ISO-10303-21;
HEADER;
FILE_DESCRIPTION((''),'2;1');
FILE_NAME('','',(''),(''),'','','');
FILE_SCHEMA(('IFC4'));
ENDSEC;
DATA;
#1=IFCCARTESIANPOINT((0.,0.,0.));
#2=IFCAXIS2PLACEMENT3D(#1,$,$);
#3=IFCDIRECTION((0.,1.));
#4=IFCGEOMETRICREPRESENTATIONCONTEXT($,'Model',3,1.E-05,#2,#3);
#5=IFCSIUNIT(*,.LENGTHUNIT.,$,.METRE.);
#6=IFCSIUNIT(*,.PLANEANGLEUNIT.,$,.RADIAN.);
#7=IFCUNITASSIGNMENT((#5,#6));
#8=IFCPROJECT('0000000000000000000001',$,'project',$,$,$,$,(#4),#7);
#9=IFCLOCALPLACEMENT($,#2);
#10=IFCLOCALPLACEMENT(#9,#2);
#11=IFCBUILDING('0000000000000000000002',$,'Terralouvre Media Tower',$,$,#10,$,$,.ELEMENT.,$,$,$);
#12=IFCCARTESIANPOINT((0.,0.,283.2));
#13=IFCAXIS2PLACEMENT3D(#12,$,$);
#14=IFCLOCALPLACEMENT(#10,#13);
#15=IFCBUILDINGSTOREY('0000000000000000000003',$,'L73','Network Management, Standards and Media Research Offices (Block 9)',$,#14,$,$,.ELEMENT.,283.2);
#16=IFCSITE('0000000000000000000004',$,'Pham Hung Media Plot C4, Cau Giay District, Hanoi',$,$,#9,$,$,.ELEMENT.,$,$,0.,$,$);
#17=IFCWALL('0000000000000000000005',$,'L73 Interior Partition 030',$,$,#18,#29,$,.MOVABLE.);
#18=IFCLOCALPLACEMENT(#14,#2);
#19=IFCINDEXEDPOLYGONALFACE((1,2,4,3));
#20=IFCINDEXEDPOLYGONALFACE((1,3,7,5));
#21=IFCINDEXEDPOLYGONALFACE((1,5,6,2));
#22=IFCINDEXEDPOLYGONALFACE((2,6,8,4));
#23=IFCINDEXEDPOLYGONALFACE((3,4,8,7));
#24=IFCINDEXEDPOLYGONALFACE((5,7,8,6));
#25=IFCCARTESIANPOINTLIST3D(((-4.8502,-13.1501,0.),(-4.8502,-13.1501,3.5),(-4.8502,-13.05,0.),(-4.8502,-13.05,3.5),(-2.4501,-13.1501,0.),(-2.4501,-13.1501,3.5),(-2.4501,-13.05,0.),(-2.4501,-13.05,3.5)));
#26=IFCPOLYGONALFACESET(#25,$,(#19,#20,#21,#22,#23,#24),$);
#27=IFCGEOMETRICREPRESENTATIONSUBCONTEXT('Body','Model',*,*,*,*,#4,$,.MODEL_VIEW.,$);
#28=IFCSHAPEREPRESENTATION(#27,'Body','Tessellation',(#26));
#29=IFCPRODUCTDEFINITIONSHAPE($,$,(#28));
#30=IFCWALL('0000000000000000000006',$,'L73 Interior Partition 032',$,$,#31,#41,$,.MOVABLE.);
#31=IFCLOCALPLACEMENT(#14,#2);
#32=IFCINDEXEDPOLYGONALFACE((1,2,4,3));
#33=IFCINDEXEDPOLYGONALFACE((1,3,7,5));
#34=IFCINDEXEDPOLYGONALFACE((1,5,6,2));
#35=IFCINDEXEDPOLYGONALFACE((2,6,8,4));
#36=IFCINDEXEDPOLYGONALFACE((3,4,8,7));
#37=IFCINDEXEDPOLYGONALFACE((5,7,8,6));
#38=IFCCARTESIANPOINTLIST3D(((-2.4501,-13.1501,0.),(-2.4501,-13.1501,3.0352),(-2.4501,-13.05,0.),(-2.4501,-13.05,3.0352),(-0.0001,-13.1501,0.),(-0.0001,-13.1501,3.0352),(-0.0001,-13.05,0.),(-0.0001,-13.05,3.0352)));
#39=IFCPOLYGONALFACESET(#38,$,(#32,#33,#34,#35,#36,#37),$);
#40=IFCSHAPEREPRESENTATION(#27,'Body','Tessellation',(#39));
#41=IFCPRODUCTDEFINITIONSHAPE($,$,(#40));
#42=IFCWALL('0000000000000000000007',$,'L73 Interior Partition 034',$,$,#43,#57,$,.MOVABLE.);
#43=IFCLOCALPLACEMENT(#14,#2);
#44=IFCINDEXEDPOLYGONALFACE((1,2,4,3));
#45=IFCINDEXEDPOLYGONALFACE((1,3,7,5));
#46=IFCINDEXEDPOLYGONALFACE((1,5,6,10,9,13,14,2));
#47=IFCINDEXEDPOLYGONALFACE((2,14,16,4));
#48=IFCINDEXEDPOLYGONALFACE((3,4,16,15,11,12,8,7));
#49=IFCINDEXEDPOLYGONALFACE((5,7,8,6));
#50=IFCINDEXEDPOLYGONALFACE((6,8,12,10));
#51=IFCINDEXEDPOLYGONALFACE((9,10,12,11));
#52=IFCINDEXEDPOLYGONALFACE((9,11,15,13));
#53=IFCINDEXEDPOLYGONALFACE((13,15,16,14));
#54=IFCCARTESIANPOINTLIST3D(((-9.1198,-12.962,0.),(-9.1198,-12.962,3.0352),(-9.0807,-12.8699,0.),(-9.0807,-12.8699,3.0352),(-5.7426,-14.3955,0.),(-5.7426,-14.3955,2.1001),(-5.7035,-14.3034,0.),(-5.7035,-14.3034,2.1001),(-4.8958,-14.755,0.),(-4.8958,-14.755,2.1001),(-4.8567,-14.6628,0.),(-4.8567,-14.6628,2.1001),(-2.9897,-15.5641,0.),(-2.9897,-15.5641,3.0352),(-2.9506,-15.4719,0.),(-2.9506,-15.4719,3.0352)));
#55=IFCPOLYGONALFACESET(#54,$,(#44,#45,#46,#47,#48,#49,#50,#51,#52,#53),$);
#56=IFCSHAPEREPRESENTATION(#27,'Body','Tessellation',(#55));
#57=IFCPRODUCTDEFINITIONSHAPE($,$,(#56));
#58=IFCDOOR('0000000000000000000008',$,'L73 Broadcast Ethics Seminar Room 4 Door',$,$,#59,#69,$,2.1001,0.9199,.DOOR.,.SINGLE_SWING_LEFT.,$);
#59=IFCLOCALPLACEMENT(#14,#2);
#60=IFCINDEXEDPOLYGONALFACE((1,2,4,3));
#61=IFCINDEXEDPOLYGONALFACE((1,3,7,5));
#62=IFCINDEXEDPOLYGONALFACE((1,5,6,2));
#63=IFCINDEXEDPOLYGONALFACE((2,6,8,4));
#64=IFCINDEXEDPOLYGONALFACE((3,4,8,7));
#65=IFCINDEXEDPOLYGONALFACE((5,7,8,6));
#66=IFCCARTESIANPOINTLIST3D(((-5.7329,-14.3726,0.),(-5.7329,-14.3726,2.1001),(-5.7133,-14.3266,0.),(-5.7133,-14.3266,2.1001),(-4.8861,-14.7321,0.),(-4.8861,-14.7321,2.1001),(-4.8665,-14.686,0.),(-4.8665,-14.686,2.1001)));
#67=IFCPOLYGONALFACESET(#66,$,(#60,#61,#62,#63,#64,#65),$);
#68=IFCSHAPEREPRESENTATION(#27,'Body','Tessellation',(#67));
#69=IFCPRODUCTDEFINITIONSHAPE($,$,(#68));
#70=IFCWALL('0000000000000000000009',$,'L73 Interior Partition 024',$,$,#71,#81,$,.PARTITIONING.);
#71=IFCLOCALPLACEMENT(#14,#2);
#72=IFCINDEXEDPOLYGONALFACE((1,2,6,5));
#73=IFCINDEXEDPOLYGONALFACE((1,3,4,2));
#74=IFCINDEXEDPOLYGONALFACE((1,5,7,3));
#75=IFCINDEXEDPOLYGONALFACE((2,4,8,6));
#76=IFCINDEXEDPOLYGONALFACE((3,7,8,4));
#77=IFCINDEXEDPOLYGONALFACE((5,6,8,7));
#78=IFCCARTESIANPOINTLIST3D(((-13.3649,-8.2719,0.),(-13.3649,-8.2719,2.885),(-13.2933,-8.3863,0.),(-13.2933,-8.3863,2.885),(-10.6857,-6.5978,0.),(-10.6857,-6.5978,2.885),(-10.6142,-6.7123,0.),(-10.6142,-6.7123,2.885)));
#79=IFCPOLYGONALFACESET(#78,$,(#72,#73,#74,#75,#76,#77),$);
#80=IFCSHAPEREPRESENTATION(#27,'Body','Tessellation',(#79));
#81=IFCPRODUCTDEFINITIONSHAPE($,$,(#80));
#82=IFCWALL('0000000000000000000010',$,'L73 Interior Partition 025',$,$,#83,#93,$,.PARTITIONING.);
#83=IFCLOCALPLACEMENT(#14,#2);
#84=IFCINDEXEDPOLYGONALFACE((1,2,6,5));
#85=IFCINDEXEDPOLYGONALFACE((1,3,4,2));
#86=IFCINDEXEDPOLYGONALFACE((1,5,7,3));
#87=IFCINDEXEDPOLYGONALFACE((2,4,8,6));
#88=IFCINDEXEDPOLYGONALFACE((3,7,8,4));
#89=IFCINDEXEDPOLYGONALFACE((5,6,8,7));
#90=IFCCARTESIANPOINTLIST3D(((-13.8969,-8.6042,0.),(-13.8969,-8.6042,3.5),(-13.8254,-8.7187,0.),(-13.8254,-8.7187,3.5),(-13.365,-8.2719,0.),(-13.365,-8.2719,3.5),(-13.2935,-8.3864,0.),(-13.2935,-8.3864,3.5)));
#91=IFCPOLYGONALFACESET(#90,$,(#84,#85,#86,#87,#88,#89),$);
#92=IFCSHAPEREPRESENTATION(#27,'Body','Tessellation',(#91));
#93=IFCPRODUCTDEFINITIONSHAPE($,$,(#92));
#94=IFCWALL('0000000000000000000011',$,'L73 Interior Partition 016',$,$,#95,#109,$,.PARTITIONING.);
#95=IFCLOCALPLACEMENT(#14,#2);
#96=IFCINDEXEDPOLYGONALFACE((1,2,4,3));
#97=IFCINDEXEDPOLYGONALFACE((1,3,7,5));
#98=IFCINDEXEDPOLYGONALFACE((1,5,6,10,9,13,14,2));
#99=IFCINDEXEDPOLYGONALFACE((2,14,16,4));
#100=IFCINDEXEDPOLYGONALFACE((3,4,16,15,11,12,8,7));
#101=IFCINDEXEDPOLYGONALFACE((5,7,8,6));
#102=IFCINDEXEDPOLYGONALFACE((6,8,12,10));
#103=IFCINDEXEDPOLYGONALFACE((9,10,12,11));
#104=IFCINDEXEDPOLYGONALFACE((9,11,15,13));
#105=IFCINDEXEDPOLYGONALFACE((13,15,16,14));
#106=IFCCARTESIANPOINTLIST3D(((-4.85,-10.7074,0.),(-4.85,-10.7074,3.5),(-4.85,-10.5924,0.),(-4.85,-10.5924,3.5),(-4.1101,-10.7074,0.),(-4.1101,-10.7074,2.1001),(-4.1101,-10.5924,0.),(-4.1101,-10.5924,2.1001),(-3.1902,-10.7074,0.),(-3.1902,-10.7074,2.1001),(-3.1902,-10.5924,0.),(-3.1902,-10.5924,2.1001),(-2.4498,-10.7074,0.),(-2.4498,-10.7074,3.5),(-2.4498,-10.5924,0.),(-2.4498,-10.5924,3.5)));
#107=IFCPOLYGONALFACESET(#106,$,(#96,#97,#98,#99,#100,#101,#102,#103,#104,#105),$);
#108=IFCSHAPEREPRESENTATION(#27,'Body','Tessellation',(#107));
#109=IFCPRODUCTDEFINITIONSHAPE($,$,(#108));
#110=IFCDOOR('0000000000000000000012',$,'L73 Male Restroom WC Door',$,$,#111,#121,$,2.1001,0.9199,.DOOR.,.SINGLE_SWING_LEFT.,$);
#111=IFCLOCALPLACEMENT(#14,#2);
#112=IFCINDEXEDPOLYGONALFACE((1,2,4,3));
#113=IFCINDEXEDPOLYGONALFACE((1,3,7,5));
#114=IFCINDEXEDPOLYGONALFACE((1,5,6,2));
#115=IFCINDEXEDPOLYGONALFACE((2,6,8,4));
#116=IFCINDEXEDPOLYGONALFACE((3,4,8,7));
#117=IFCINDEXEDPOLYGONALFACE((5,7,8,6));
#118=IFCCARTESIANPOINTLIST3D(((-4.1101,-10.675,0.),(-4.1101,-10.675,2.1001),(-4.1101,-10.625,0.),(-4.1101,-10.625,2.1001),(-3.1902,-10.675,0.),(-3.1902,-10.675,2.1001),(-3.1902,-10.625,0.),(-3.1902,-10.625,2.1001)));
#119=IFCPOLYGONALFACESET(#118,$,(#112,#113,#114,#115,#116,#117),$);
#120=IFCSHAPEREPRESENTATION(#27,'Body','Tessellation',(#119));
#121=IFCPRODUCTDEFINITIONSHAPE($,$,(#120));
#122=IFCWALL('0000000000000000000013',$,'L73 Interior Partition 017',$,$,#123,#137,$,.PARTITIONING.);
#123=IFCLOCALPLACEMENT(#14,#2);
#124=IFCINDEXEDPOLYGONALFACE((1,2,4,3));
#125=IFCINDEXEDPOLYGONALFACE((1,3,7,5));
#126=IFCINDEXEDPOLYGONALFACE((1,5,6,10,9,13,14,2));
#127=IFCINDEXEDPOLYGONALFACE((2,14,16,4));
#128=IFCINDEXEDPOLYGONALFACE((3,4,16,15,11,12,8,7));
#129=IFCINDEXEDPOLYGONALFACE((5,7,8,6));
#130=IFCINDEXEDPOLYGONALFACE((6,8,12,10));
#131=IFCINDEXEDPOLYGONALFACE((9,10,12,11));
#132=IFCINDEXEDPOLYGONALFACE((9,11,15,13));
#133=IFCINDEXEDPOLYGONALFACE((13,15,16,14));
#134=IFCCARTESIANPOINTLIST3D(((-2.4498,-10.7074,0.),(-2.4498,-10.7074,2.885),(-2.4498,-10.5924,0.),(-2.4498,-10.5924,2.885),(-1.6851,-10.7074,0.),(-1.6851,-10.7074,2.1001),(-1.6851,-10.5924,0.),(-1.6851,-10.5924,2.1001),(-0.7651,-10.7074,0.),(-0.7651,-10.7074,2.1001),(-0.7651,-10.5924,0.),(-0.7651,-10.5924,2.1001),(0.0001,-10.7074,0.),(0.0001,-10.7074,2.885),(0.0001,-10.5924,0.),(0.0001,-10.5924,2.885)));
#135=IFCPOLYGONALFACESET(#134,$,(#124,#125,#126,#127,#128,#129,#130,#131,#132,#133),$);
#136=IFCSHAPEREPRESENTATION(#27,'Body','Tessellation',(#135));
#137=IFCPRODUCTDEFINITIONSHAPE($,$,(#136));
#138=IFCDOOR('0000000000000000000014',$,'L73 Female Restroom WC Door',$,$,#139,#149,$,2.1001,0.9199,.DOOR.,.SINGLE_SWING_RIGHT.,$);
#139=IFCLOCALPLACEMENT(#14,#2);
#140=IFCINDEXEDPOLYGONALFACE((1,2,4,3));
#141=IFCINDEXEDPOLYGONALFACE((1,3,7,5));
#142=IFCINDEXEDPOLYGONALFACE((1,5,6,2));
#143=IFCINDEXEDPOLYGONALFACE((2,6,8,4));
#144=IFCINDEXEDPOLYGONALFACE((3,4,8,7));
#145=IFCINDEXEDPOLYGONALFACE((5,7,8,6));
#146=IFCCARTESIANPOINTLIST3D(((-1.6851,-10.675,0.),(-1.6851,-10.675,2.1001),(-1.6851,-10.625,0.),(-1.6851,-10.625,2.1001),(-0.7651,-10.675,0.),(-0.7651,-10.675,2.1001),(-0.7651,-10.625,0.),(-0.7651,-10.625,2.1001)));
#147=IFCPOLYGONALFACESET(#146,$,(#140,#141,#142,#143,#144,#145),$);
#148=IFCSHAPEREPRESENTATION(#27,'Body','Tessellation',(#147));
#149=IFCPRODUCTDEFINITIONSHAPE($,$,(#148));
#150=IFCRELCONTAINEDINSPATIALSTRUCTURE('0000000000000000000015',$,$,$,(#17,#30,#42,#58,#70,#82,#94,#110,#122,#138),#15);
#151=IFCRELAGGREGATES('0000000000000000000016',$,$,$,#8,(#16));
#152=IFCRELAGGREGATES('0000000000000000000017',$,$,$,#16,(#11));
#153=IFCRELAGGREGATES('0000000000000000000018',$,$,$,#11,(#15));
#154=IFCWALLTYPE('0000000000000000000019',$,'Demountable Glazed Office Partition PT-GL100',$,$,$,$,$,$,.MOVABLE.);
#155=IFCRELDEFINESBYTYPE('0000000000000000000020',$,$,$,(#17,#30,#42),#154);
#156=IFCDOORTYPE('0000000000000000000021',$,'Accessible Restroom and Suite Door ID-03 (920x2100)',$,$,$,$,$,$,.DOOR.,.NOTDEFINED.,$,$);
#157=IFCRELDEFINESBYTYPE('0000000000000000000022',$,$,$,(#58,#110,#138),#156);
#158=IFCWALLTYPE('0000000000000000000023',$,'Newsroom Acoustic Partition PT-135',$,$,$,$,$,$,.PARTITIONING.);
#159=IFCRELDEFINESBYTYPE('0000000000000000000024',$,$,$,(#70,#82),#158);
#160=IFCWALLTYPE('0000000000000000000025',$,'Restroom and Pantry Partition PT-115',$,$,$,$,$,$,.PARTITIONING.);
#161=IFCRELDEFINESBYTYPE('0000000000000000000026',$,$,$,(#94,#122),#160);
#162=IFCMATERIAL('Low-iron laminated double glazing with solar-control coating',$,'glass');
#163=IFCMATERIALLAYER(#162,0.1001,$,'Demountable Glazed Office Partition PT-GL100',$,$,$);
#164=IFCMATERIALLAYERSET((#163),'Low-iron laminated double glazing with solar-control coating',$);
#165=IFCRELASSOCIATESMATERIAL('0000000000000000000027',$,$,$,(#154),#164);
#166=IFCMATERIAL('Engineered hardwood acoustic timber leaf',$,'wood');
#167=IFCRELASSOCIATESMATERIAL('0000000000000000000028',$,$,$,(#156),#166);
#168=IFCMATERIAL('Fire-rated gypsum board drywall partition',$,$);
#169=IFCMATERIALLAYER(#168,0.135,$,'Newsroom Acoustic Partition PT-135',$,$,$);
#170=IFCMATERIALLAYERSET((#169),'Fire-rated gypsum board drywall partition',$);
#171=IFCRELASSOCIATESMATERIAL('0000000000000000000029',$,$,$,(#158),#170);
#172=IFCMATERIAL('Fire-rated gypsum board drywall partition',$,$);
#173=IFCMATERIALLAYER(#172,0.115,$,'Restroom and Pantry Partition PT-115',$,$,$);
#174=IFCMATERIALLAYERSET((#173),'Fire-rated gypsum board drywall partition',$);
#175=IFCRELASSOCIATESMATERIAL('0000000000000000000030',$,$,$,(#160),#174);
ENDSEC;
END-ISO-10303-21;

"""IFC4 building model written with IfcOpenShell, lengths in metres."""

from ifc_helpers import new_model, si_unit, direction, frame, frame_2d, origin, place, context, subcontext, project, spatial, rectangle, extrude, material, layer, layer_set, type_object, element, fill, save


model = new_model("IFC4")

# Units and contexts
model_context = context("Model", 3, precision=1e-05, world=origin(), true_north=direction((0.0, 1.0)))
body_context = subcontext(model_context, "Body", "Model", "MODEL_VIEW")
ifc_project = project(units=[si_unit("LENGTHUNIT", "METRE"), si_unit("PLANEANGLEUNIT", "RADIAN")], contexts=[model_context])

# Site, building, storey
site_placement = place(None, origin())
site = spatial("IfcSite", under=ifc_project, at=site_placement, Name="Pham Hung Media Plot C4, Cau Giay District, Hanoi", CompositionType="ELEMENT", RefElevation=0.0)
building_placement = place(site_placement, origin())
building = spatial("IfcBuilding", under=site, at=building_placement, Name="Terralouvre Media Tower", CompositionType="ELEMENT")
storey_placement = place(building_placement, frame((0.0, 0.0, 283.2)))
storey = spatial("IfcBuildingStorey", under=building, at=storey_placement, Name="L73", Description="Network Management, Standards and Media Research Offices (Block 9)", CompositionType="ELEMENT", Elevation=283.2)

# Shared definitions
ifc_material_1 = material(Name="Low-iron laminated double glazing with solar-control coating", Category="glass")
ifc_layer_1 = layer(ifc_material_1, 0.1001, Name="Demountable Glazed Office Partition PT-GL100")
ifc_layer_set_1 = layer_set([ifc_layer_1], Name="Low-iron laminated double glazing with solar-control coating")
wall_type_1 = type_object("IfcWallType", Name="Demountable Glazed Office Partition PT-GL100", PredefinedType="MOVABLE", material=ifc_layer_set_1)

# Shared definitions
ifc_material_2 = material(Name="Engineered hardwood acoustic timber leaf", Category="wood")
door_type = type_object("IfcDoorType", Name="Accessible Restroom and Suite Door ID-03 (920x2100)", OperationType="NOTDEFINED", PredefinedType="DOOR", material=ifc_material_2)

# Walls
wall_1_placement = place(storey_placement, frame((-2.45, -13.1001, 0.0), z_axis=(0.0, 0.0, 1.0), x_axis=(-1.0, 0.0, 0.0)))
element("IfcWall", 1, at=wall_1_placement, inside=storey, type_object=wall_type_1, Name="L73 Interior Partition 030", PredefinedType="MOVABLE", context=body_context, shape_type="SweptSolid", body=[
    extrude(rectangle(XDim=2.4001, YDim=0.1001, at=frame_2d((1.2002, 0.0))), origin(), (0.0, 0.0, 1.0), 3.5),
])
wall_2_placement = place(storey_placement, frame((0.0, -13.1001, 0.0), z_axis=(0.0, 0.0, 1.0), x_axis=(-1.0, 0.0, 0.0)))
element("IfcWall", 2, at=wall_2_placement, inside=storey, type_object=wall_type_1, Name="L73 Interior Partition 032", PredefinedType="MOVABLE", context=body_context, shape_type="SweptSolid", body=[
    extrude(rectangle(XDim=2.45, YDim=0.1001, at=frame_2d((1.2251, 0.0))), origin(), (0.0, 0.0, 1.0), 3.0352),
])

# Wall, opening, door
wall_3_placement = place(storey_placement, frame((-9.1001, -12.916, 0.0), z_axis=(0.0, 0.0, 1.0), x_axis=(0.920507, -0.390727, 0.0)))
wall_3 = element("IfcWall", 3, at=wall_3_placement, inside=storey, type_object=wall_type_1, Name="L73 Interior Partition 034", PredefinedType="MOVABLE", context=body_context, shape_type="SweptSolid", body=[
    extrude(rectangle(XDim=6.6594, YDim=0.1001, at=frame_2d((3.3296, 0.0))), origin(), (0.0, 0.0, 1.0), 3.0352),
])
opening_1_placement = place(wall_3_placement, frame((3.6687, 0.0, 0.0)))
opening_1 = element("IfcOpeningElement", 4, at=opening_1_placement, cuts=wall_3, PredefinedType="OPENING", context=body_context, shape_type="SweptSolid", body=[
    extrude(rectangle(XDim=0.9199, YDim=2.1001, at=frame_2d((0.46, 1.05))), frame((0.0, 0.0601, 0.0), z_axis=(0.0, -1.0, 0.0), x_axis=(1.0, 0.0, 0.0)), (0.0, 0.0, 1.0), 0.1201),
])
door_1_placement = place(opening_1_placement, origin())
door_1 = element("IfcDoor", 5, at=door_1_placement, inside=storey, type_object=door_type, Name="L73 Broadcast Ethics Seminar Room 4 Door", OperationType="SINGLE_SWING_LEFT", OverallHeight=2.1001, OverallWidth=0.9199, PredefinedType="DOOR", context=body_context, shape_type="SweptSolid", body=[
    extrude(rectangle(XDim=0.9199, YDim=2.1001, at=frame_2d((0.46, 1.05))), frame((0.0, 0.0249, 0.0), z_axis=(0.0, -1.0, 0.0), x_axis=(1.0, 0.0, 0.0)), (0.0, 0.0, 1.0), 0.05),
])
fill(opening_1, door_1)

# Walls
ifc_material_3 = material(Name="Fire-rated gypsum board drywall partition")
ifc_layer_2 = layer(ifc_material_3, 0.135, Name="Newsroom Acoustic Partition PT-135")
ifc_layer_set_2 = layer_set([ifc_layer_2], Name="Fire-rated gypsum board drywall partition")
wall_type_2 = type_object("IfcWallType", Name="Newsroom Acoustic Partition PT-135", PredefinedType="PARTITIONING", material=ifc_layer_set_2)
wall_4_placement = place(storey_placement, frame((-13.3291, -8.3291, 0.0), z_axis=(0.0, 0.0, 1.0), x_axis=(0.848059, 0.529902, 0.0)))
element("IfcWall", 6, at=wall_4_placement, inside=storey, type_object=wall_type_2, Name="L73 Interior Partition 024", PredefinedType="PARTITIONING", context=body_context, shape_type="SweptSolid", body=[
    extrude(rectangle(XDim=3.1592, YDim=0.135, at=frame_2d((1.5796, 0.0))), origin(), (0.0, 0.0, 1.0), 2.885),
])
wall_5_placement = place(storey_placement, frame((-13.8611, -8.6614, 0.0), z_axis=(0.0, 0.0, 1.0), x_axis=(0.848151, 0.529754, 0.0)))
element("IfcWall", 7, at=wall_5_placement, inside=storey, type_object=wall_type_2, Name="L73 Interior Partition 025", PredefinedType="PARTITIONING", context=body_context, shape_type="SweptSolid", body=[
    extrude(rectangle(XDim=0.6272, YDim=0.135, at=frame_2d((0.3135, 0.0))), origin(), (0.0, 0.0, 1.0), 3.5),
])

# Walls, openings, doors
ifc_material_4 = material(Name="Fire-rated gypsum board drywall partition")
ifc_layer_3 = layer(ifc_material_4, 0.115, Name="Restroom and Pantry Partition PT-115")
ifc_layer_set_3 = layer_set([ifc_layer_3], Name="Fire-rated gypsum board drywall partition")
wall_type_3 = type_object("IfcWallType", Name="Restroom and Pantry Partition PT-115", PredefinedType="PARTITIONING", material=ifc_layer_set_3)
wall_6_placement = place(storey_placement, frame((-4.8501, -10.6499, 0.0), z_axis=(0.0, 0.0, 1.0), x_axis=(1.0, 0.0, 0.0)))
wall_6 = element("IfcWall", 8, at=wall_6_placement, inside=storey, type_object=wall_type_3, Name="L73 Interior Partition 016", PredefinedType="PARTITIONING", context=body_context, shape_type="SweptSolid", body=[
    extrude(rectangle(XDim=2.4001, YDim=0.115, at=frame_2d((1.2002, 0.0))), origin(), (0.0, 0.0, 1.0), 3.5),
])
opening_2_placement = place(wall_6_placement, frame((0.74, 0.0, 0.0)))
opening_2 = element("IfcOpeningElement", 9, at=opening_2_placement, cuts=wall_6, PredefinedType="OPENING", context=body_context, shape_type="SweptSolid", body=[
    extrude(rectangle(XDim=0.9199, YDim=2.1001, at=frame_2d((0.46, 1.05))), frame((0.0, 0.0674, 0.0), z_axis=(0.0, -1.0, 0.0), x_axis=(1.0, 0.0, 0.0)), (0.0, 0.0, 1.0), 0.135),
])
door_2_placement = place(opening_2_placement, origin())
door_2 = element("IfcDoor", 10, at=door_2_placement, inside=storey, type_object=door_type, Name="L73 Male Restroom WC Door", OperationType="SINGLE_SWING_LEFT", OverallHeight=2.1001, OverallWidth=0.9199, PredefinedType="DOOR", context=body_context, shape_type="SweptSolid", body=[
    extrude(rectangle(XDim=0.9199, YDim=2.1001, at=frame_2d((0.46, 1.05))), frame((0.0, 0.0249, 0.0), z_axis=(0.0, -1.0, 0.0), x_axis=(1.0, 0.0, 0.0)), (0.0, 0.0, 1.0), 0.05),
])
fill(opening_2, door_2)
wall_7_placement = place(storey_placement, frame((-2.45, -10.6499, 0.0), z_axis=(0.0, 0.0, 1.0), x_axis=(1.0, 0.0, 0.0)))
wall_7 = element("IfcWall", 11, at=wall_7_placement, inside=storey, type_object=wall_type_3, Name="L73 Interior Partition 017", PredefinedType="PARTITIONING", context=body_context, shape_type="SweptSolid", body=[
    extrude(rectangle(XDim=2.45, YDim=0.115, at=frame_2d((1.2251, 0.0))), origin(), (0.0, 0.0, 1.0), 2.885),
])
opening_3_placement = place(wall_7_placement, frame((0.7649, 0.0, 0.0)))
opening_3 = element("IfcOpeningElement", 12, at=opening_3_placement, cuts=wall_7, PredefinedType="OPENING", context=body_context, shape_type="SweptSolid", body=[
    extrude(rectangle(XDim=0.9199, YDim=2.1001, at=frame_2d((0.46, 1.05))), frame((0.0, 0.0674, 0.0), z_axis=(0.0, -1.0, 0.0), x_axis=(1.0, 0.0, 0.0)), (0.0, 0.0, 1.0), 0.135),
])
door_3_placement = place(opening_3_placement, origin())
door_3 = element("IfcDoor", 13, at=door_3_placement, inside=storey, type_object=door_type, Name="L73 Female Restroom WC Door", OperationType="SINGLE_SWING_RIGHT", OverallHeight=2.1001, OverallWidth=0.9199, PredefinedType="DOOR", context=body_context, shape_type="SweptSolid", body=[
    extrude(rectangle(XDim=0.9199, YDim=2.1001, at=frame_2d((0.46, 1.05))), frame((0.0, 0.0249, 0.0), z_axis=(0.0, -1.0, 0.0), x_axis=(1.0, 0.0, 0.0)), (0.0, 0.0, 1.0), 0.05),
])
fill(opening_3, door_3)

save(model, "model.ifc")
